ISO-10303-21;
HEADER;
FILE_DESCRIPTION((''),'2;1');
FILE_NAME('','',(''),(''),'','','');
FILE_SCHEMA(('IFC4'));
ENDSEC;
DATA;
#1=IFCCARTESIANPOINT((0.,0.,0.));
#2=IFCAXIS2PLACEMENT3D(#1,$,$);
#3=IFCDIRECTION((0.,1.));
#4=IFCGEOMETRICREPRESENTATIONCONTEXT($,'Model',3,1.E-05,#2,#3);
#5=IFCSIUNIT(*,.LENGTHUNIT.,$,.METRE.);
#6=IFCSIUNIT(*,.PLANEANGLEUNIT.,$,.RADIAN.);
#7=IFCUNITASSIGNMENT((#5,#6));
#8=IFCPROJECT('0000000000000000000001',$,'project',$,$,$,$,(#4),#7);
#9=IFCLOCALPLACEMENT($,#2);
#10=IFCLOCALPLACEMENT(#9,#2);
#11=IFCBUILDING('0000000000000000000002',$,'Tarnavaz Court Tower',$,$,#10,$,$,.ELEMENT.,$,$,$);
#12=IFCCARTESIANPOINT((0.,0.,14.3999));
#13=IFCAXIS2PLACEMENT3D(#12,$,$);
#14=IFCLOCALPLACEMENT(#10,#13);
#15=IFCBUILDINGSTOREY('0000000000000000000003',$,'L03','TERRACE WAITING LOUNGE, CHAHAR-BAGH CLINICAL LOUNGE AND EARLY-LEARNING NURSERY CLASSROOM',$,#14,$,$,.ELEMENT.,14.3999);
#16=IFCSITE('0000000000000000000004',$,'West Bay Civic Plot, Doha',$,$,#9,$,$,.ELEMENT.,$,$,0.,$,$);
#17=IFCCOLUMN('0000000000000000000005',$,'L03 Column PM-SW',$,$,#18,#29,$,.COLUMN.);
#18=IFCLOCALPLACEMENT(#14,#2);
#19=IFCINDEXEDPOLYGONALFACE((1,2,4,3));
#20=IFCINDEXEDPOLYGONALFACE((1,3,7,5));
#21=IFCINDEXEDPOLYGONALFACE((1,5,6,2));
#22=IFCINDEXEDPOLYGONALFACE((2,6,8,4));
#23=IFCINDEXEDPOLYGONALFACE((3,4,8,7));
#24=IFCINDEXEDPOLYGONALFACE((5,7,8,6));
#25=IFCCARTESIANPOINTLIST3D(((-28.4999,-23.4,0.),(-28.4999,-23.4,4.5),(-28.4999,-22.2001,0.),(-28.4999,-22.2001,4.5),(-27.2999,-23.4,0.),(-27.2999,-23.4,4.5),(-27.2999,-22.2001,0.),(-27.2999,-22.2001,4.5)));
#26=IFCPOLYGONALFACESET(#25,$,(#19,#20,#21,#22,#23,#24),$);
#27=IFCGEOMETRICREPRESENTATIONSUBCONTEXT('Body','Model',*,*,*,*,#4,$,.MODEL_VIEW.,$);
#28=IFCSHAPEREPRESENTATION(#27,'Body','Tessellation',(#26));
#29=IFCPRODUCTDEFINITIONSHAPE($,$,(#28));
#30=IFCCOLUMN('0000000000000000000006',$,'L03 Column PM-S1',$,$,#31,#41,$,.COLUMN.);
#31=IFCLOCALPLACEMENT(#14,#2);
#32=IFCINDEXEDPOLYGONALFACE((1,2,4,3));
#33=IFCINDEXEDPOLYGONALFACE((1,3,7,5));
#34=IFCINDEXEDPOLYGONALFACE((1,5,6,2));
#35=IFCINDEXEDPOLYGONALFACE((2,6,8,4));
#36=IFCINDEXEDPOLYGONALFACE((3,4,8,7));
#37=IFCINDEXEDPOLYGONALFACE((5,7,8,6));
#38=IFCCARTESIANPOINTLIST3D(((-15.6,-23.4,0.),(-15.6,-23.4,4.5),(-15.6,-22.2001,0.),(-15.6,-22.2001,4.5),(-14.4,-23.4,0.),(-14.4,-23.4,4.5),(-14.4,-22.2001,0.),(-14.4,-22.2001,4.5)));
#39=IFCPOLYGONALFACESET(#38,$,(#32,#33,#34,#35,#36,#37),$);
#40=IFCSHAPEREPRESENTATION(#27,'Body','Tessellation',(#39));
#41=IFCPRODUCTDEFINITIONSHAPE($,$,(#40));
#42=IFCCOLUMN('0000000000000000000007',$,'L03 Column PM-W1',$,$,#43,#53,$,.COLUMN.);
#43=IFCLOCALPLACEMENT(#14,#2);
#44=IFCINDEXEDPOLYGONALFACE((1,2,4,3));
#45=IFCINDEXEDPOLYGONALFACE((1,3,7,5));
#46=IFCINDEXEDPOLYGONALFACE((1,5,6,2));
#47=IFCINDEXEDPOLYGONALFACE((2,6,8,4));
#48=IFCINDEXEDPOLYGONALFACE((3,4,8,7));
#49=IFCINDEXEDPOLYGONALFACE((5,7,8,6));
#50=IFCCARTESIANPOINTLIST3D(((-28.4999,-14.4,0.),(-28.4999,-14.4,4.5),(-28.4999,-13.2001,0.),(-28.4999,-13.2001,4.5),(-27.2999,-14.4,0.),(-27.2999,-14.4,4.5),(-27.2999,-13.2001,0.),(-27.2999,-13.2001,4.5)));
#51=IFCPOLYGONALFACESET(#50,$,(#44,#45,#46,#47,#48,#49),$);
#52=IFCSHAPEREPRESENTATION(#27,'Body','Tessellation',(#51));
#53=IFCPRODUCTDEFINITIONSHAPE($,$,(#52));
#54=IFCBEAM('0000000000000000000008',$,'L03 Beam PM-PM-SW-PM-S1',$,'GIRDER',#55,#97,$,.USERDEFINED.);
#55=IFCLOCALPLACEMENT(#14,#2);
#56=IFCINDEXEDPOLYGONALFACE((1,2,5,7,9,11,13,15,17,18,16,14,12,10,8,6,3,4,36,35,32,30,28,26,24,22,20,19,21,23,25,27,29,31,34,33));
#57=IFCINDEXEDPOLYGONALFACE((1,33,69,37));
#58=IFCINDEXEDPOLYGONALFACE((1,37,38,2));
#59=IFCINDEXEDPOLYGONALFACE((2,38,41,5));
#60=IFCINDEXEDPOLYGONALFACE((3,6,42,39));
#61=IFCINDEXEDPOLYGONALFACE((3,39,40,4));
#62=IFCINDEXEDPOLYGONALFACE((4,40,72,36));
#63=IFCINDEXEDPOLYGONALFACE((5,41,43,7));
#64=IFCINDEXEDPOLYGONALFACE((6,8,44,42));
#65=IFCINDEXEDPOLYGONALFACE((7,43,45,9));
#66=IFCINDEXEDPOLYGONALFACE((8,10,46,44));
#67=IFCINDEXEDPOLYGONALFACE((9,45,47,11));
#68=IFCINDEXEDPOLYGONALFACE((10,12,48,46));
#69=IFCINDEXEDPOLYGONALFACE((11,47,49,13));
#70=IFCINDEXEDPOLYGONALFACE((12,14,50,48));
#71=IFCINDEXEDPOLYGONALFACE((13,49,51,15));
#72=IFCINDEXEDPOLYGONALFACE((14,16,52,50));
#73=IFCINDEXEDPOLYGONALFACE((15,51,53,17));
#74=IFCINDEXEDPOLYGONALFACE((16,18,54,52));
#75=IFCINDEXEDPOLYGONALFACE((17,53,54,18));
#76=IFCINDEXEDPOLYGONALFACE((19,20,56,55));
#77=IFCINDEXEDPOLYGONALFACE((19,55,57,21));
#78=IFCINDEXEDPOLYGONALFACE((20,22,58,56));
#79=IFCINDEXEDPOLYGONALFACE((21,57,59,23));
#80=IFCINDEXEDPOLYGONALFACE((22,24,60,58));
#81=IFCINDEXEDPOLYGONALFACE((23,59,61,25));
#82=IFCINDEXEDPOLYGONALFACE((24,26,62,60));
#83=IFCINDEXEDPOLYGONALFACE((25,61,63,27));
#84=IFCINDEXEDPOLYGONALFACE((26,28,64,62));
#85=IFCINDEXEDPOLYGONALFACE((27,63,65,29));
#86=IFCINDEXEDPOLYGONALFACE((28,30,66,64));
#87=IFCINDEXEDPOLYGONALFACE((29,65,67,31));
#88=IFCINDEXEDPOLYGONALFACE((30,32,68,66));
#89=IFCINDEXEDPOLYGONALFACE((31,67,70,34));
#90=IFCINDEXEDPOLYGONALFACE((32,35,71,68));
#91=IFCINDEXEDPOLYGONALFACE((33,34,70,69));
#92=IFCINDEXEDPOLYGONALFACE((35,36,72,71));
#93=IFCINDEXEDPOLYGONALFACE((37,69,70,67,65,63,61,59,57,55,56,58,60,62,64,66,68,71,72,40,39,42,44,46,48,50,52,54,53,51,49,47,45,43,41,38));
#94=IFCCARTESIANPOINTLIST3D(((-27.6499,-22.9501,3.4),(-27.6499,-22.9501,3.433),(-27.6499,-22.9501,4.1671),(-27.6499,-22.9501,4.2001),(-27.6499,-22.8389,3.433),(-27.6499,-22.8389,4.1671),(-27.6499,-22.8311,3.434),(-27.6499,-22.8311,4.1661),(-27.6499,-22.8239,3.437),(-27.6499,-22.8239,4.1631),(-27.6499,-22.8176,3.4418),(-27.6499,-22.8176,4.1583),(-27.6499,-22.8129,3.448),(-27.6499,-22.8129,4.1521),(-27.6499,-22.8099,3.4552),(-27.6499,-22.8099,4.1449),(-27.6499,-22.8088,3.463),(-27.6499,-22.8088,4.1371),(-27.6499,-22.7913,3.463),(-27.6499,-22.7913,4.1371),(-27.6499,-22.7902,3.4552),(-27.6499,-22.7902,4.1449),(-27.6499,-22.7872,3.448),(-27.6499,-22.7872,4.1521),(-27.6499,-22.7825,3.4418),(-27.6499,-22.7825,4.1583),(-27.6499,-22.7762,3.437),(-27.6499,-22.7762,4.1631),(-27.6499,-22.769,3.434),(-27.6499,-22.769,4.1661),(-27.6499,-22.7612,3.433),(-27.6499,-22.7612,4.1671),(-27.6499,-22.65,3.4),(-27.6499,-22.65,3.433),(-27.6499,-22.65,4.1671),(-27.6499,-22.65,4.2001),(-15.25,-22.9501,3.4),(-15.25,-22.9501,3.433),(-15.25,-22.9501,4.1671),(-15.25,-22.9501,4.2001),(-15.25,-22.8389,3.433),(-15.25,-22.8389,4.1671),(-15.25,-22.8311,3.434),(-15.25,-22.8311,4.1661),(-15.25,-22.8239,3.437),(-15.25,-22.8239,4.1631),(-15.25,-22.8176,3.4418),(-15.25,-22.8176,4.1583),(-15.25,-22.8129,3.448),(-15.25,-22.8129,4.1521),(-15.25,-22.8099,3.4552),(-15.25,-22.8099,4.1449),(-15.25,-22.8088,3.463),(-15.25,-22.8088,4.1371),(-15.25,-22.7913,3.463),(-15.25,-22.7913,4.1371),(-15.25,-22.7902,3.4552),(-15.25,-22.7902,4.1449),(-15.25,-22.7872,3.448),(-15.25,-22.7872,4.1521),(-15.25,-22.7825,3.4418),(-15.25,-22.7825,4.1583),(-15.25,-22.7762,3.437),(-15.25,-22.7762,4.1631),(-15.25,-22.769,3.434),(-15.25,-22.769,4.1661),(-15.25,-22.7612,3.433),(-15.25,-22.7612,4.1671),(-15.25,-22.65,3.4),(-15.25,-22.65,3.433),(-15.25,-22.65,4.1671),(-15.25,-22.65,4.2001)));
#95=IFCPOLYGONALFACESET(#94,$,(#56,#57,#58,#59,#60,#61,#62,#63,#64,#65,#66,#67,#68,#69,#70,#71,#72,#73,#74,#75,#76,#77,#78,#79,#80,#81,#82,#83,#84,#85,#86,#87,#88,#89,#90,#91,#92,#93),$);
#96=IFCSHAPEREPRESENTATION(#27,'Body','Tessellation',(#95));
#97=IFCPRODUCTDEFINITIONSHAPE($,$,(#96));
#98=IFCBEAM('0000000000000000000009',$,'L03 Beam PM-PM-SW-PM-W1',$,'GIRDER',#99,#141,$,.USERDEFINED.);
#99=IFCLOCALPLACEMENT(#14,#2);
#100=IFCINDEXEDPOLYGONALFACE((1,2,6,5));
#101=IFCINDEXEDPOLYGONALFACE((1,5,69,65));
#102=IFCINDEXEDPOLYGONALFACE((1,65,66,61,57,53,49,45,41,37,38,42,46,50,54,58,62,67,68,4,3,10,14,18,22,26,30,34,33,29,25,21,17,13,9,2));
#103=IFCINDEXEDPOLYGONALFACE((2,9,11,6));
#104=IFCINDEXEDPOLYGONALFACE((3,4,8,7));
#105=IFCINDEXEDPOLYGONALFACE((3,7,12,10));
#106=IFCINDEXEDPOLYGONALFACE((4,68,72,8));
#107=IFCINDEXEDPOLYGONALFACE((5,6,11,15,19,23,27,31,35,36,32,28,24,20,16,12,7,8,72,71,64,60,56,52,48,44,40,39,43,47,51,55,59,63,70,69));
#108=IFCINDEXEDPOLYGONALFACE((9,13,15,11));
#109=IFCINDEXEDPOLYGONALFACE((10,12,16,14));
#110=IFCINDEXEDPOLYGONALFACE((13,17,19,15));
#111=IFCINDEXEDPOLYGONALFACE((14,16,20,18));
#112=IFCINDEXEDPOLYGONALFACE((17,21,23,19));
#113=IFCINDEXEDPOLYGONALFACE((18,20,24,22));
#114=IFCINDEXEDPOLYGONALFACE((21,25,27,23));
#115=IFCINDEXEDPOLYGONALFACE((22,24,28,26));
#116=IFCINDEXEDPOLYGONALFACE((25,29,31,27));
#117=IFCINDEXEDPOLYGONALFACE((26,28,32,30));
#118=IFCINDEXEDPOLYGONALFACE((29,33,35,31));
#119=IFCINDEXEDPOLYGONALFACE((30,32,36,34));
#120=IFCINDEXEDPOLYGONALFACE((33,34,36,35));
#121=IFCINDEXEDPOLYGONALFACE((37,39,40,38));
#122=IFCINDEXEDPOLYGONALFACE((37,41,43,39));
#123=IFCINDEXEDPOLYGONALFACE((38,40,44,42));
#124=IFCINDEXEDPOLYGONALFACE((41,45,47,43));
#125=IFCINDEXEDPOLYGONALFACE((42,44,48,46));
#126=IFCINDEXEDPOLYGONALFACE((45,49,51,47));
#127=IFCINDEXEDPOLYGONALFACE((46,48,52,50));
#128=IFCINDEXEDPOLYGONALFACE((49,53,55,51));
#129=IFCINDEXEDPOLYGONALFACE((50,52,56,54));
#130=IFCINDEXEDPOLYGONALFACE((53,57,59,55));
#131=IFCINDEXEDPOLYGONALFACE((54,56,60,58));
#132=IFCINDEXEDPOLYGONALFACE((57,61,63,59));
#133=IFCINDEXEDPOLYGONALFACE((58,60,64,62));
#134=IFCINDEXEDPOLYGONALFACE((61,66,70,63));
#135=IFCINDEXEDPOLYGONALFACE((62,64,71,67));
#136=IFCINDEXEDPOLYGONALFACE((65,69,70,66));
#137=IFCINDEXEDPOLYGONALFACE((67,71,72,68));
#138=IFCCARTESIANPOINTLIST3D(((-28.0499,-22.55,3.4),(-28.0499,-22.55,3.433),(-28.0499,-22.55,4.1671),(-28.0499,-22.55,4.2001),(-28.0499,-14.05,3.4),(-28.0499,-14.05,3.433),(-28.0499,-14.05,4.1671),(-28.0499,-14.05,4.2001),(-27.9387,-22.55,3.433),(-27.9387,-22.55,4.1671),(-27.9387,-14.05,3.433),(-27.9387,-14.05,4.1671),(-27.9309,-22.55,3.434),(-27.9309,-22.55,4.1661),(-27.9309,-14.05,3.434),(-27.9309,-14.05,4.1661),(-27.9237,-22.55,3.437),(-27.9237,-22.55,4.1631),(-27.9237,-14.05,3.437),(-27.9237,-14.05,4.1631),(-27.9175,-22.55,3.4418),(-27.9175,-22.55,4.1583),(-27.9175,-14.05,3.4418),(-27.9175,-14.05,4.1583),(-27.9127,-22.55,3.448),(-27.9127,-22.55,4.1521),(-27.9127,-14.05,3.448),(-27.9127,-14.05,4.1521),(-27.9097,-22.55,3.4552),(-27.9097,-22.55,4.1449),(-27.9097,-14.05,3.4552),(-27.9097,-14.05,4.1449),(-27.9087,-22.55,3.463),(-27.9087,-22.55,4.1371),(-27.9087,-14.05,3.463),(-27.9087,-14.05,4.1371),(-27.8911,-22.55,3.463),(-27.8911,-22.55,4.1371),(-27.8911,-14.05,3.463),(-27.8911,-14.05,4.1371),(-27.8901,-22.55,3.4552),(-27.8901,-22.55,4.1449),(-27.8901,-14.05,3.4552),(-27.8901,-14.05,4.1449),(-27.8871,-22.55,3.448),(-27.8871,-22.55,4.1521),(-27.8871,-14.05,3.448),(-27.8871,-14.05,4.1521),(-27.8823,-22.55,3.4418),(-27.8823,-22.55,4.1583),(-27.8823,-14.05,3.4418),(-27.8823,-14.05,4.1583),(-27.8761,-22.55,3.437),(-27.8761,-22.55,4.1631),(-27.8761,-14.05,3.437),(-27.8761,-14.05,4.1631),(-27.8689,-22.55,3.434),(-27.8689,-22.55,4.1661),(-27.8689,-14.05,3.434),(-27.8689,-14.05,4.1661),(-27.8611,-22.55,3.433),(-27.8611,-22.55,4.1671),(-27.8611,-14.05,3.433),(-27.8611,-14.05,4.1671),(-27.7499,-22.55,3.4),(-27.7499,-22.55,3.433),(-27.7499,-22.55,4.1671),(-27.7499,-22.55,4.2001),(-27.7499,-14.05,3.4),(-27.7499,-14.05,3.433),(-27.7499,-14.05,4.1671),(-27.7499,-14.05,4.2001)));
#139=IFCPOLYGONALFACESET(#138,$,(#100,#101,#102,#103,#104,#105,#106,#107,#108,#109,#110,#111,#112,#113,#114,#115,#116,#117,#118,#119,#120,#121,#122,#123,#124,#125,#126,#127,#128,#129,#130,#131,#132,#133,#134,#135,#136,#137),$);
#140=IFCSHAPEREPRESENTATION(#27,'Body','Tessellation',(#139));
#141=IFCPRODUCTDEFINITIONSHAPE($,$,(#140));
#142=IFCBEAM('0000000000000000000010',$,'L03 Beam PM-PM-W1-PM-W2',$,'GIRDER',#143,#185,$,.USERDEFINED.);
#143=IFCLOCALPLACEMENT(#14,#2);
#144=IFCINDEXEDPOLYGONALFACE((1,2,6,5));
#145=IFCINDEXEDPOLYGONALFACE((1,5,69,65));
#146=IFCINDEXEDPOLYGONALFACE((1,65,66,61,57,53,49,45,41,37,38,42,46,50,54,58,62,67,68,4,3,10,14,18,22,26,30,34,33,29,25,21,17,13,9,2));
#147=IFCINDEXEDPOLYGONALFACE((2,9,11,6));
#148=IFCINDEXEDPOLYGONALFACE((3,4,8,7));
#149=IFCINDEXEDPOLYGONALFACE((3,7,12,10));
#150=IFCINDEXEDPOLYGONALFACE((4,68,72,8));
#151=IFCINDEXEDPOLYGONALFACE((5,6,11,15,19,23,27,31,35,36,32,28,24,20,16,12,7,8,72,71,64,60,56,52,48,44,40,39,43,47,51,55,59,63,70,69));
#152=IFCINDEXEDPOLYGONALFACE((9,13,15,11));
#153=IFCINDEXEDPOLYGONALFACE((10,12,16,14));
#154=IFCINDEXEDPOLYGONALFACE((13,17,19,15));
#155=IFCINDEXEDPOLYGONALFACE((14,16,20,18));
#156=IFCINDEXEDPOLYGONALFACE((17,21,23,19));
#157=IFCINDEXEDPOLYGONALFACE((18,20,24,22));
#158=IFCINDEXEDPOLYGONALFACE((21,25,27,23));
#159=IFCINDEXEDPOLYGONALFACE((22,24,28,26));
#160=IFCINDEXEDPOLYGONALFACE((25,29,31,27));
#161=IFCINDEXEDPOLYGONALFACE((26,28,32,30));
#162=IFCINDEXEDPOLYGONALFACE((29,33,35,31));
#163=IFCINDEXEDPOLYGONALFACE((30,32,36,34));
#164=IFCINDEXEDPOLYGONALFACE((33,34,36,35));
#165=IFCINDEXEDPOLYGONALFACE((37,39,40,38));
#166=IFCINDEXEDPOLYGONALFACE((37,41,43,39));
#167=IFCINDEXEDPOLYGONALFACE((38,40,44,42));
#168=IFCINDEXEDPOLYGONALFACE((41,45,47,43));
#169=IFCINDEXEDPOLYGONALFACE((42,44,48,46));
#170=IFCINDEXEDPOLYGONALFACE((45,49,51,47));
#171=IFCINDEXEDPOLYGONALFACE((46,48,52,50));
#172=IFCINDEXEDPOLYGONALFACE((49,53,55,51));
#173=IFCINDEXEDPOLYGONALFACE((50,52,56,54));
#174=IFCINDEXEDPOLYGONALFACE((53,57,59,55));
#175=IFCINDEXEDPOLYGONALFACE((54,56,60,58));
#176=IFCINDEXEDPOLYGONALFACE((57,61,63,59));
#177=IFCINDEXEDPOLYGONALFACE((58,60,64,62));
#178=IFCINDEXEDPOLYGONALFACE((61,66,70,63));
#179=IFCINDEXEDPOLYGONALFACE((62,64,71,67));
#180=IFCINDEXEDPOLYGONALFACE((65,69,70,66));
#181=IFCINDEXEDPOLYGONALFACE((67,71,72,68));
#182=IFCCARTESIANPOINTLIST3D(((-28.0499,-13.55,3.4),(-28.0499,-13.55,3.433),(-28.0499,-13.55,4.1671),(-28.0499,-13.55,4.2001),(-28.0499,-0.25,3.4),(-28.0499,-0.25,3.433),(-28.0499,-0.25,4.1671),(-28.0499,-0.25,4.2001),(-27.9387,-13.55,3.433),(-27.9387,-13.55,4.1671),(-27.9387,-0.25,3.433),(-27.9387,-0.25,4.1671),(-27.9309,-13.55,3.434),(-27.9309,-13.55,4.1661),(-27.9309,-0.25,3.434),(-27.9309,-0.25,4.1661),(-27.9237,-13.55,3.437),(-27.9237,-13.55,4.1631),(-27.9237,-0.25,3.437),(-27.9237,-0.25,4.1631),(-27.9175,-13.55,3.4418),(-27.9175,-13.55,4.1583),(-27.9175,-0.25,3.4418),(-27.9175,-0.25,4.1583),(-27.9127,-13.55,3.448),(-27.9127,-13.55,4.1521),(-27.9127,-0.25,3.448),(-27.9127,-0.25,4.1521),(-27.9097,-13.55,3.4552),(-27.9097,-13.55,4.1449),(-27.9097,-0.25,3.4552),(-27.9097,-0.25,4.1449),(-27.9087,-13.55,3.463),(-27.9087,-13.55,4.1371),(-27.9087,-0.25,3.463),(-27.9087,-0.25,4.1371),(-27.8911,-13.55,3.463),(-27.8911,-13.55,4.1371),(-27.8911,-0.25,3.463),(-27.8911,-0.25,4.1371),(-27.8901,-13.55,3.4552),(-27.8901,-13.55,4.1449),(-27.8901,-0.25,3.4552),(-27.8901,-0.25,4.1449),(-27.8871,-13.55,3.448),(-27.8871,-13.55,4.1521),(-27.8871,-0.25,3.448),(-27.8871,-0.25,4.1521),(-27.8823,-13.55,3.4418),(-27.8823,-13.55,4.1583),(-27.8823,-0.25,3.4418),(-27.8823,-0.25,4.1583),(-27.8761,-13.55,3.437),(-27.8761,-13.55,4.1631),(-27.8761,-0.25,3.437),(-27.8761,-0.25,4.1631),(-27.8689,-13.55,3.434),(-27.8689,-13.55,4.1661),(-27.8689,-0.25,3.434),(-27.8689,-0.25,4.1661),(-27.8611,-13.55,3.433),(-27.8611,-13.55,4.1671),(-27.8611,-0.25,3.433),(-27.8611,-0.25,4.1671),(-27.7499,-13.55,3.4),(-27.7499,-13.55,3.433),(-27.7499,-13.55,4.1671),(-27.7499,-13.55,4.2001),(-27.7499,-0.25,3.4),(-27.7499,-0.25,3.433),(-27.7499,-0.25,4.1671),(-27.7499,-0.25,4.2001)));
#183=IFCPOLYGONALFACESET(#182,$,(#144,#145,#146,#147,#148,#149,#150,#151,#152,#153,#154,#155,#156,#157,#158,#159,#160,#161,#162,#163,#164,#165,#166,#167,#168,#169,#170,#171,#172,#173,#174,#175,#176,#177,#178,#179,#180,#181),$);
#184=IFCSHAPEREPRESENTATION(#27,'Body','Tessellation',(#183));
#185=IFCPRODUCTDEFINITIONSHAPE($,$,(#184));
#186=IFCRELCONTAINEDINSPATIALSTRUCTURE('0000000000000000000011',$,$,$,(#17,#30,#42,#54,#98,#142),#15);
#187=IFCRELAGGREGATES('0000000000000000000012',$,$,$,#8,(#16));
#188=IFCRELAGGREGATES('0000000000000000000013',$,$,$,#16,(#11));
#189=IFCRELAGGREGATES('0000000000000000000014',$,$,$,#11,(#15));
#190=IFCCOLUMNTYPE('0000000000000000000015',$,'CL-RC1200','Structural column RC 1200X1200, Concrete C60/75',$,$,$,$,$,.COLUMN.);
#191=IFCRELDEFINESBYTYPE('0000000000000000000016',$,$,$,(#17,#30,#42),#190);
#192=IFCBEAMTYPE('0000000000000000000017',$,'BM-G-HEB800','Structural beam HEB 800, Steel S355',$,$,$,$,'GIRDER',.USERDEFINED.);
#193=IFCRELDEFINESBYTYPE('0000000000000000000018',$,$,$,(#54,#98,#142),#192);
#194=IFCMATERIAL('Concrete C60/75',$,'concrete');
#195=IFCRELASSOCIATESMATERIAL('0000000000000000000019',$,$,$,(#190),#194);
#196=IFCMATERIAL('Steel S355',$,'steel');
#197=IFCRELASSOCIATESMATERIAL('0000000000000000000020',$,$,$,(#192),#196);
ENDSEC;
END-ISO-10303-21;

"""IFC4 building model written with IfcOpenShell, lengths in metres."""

from ifc_helpers import new_model, si_unit, direction, frame, origin, origin_2d, place, context, subcontext, project, spatial, rectangle, i_section, extrude, material, material_profile, profile_set, type_object, element, save


model = new_model("IFC4")

# Units and contexts
model_context = context("Model", 3, precision=1e-05, world=origin(), true_north=direction((0.0, 1.0)))
body_context = subcontext(model_context, "Body", "Model", "MODEL_VIEW")
ifc_project = project(units=[si_unit("LENGTHUNIT", "METRE"), si_unit("PLANEANGLEUNIT", "RADIAN")], contexts=[model_context])

# Site, building, storey
site_placement = place(None, origin())
site = spatial("IfcSite", under=ifc_project, at=site_placement, Name="West Bay Civic Plot, Doha", CompositionType="ELEMENT", RefElevation=0.0)
building_placement = place(site_placement, origin())
building = spatial("IfcBuilding", under=site, at=building_placement, Name="Tarnavaz Court Tower", CompositionType="ELEMENT")
storey_placement = place(building_placement, frame((0.0, 0.0, 14.3999)))
storey = spatial("IfcBuildingStorey", under=building, at=storey_placement, Name="L03", Description="TERRACE WAITING LOUNGE, CHAHAR-BAGH CLINICAL LOUNGE AND EARLY-LEARNING NURSERY CLASSROOM", CompositionType="ELEMENT", Elevation=14.3999)

# Columns
ifc_material_1 = material(Name="Concrete C60/75", Category="concrete")
ifc_material_profile_1 = material_profile(ifc_material_1, rectangle(XDim=1.2, YDim=1.2, at=origin_2d()), Name="RC 1200X1200")
ifc_profile_set_1 = profile_set([ifc_material_profile_1], Name="Concrete C60/75")
column_type = type_object("IfcColumnType", Name="CL-RC1200", Description="Structural column RC 1200X1200, Concrete C60/75", PredefinedType="COLUMN", material=ifc_profile_set_1)
for number, where, z_axis, x_axis, name in (
    (1, (-27.8999, -22.8, 0.0), (0.0, 0.0, 1.0), (1.0, 0.0, 0.0), "L03 Column PM-SW"),
    (2, (-15.0, -22.8, 0.0), (0.0, 0.0, 1.0), (1.0, 0.0, 0.0), "L03 Column PM-S1"),
    (3, (-27.8999, -13.8, 0.0), (0.0, 0.0, 1.0), (1.0, 0.0, 0.0), "L03 Column PM-W1"),
):
    element("IfcColumn", number, at=place(storey_placement, frame(where, z_axis=z_axis, x_axis=x_axis)), inside=storey, type_object=column_type, Name=name, PredefinedType="COLUMN", context=body_context, shape_type="SweptSolid", body=[
        extrude(rectangle(XDim=1.2, YDim=1.2, at=origin_2d()), origin(), (0.0, 0.0, 1.0), 4.5),
    ])

# Beams
ifc_material_2 = material(Name="Steel S355", Category="steel")
ifc_material_profile_2 = material_profile(ifc_material_2, i_section(OverallWidth=0.3, OverallDepth=0.8, WebThickness=0.0176, FlangeThickness=0.033, FilletRadius=0.03, at=origin_2d()), Name="HEB 800")
ifc_profile_set_2 = profile_set([ifc_material_profile_2], Name="Steel S355")
beam_type_1 = type_object("IfcBeamType", Name="BM-G-HEB800", Description="Structural beam HEB 800, Steel S355", ElementType="GIRDER", PredefinedType="USERDEFINED", material=ifc_profile_set_2)
beam_1_placement = place(storey_placement, frame((-27.6499, -22.8, 3.8), z_axis=(1.0, 0.0, 0.0), x_axis=(0.0, 1.0, 0.0)))
element("IfcBeam", 4, at=beam_1_placement, inside=storey, type_object=beam_type_1, Name="L03 Beam PM-PM-SW-PM-S1", ObjectType="GIRDER", PredefinedType="USERDEFINED", context=body_context, shape_type="SweptSolid", body=[
    extrude(i_section(OverallWidth=0.3, OverallDepth=0.8, WebThickness=0.0176, FlangeThickness=0.033, FilletRadius=0.03, at=origin_2d()), origin(), (0.0, 0.0, 1.0), 12.3999),
])
beam_2_placement = place(storey_placement, frame((-27.8999, -22.55, 3.8), z_axis=(0.0, 1.0, 0.0), x_axis=(-1.0, 0.0, 0.0)))
element("IfcBeam", 5, at=beam_2_placement, inside=storey, type_object=beam_type_1, Name="L03 Beam PM-PM-SW-PM-W1", ObjectType="GIRDER", PredefinedType="USERDEFINED", context=body_context, shape_type="SweptSolid", body=[
    extrude(i_section(OverallWidth=0.3, OverallDepth=0.8, WebThickness=0.0176, FlangeThickness=0.033, FilletRadius=0.03, at=origin_2d()), origin(), (0.0, 0.0, 1.0), 8.5),
])
beam_3_placement = place(storey_placement, frame((-27.8999, -13.55, 3.8), z_axis=(0.0, 1.0, 0.0), x_axis=(-1.0, 0.0, 0.0)))
element("IfcBeam", 6, at=beam_3_placement, inside=storey, type_object=beam_type_1, Name="L03 Beam PM-PM-W1-PM-W2", ObjectType="GIRDER", PredefinedType="USERDEFINED", context=body_context, shape_type="SweptSolid", body=[
    extrude(i_section(OverallWidth=0.3, OverallDepth=0.8, WebThickness=0.0176, FlangeThickness=0.033, FilletRadius=0.03, at=origin_2d()), origin(), (0.0, 0.0, 1.0), 13.3),
])

save(model, "model.ifc")
